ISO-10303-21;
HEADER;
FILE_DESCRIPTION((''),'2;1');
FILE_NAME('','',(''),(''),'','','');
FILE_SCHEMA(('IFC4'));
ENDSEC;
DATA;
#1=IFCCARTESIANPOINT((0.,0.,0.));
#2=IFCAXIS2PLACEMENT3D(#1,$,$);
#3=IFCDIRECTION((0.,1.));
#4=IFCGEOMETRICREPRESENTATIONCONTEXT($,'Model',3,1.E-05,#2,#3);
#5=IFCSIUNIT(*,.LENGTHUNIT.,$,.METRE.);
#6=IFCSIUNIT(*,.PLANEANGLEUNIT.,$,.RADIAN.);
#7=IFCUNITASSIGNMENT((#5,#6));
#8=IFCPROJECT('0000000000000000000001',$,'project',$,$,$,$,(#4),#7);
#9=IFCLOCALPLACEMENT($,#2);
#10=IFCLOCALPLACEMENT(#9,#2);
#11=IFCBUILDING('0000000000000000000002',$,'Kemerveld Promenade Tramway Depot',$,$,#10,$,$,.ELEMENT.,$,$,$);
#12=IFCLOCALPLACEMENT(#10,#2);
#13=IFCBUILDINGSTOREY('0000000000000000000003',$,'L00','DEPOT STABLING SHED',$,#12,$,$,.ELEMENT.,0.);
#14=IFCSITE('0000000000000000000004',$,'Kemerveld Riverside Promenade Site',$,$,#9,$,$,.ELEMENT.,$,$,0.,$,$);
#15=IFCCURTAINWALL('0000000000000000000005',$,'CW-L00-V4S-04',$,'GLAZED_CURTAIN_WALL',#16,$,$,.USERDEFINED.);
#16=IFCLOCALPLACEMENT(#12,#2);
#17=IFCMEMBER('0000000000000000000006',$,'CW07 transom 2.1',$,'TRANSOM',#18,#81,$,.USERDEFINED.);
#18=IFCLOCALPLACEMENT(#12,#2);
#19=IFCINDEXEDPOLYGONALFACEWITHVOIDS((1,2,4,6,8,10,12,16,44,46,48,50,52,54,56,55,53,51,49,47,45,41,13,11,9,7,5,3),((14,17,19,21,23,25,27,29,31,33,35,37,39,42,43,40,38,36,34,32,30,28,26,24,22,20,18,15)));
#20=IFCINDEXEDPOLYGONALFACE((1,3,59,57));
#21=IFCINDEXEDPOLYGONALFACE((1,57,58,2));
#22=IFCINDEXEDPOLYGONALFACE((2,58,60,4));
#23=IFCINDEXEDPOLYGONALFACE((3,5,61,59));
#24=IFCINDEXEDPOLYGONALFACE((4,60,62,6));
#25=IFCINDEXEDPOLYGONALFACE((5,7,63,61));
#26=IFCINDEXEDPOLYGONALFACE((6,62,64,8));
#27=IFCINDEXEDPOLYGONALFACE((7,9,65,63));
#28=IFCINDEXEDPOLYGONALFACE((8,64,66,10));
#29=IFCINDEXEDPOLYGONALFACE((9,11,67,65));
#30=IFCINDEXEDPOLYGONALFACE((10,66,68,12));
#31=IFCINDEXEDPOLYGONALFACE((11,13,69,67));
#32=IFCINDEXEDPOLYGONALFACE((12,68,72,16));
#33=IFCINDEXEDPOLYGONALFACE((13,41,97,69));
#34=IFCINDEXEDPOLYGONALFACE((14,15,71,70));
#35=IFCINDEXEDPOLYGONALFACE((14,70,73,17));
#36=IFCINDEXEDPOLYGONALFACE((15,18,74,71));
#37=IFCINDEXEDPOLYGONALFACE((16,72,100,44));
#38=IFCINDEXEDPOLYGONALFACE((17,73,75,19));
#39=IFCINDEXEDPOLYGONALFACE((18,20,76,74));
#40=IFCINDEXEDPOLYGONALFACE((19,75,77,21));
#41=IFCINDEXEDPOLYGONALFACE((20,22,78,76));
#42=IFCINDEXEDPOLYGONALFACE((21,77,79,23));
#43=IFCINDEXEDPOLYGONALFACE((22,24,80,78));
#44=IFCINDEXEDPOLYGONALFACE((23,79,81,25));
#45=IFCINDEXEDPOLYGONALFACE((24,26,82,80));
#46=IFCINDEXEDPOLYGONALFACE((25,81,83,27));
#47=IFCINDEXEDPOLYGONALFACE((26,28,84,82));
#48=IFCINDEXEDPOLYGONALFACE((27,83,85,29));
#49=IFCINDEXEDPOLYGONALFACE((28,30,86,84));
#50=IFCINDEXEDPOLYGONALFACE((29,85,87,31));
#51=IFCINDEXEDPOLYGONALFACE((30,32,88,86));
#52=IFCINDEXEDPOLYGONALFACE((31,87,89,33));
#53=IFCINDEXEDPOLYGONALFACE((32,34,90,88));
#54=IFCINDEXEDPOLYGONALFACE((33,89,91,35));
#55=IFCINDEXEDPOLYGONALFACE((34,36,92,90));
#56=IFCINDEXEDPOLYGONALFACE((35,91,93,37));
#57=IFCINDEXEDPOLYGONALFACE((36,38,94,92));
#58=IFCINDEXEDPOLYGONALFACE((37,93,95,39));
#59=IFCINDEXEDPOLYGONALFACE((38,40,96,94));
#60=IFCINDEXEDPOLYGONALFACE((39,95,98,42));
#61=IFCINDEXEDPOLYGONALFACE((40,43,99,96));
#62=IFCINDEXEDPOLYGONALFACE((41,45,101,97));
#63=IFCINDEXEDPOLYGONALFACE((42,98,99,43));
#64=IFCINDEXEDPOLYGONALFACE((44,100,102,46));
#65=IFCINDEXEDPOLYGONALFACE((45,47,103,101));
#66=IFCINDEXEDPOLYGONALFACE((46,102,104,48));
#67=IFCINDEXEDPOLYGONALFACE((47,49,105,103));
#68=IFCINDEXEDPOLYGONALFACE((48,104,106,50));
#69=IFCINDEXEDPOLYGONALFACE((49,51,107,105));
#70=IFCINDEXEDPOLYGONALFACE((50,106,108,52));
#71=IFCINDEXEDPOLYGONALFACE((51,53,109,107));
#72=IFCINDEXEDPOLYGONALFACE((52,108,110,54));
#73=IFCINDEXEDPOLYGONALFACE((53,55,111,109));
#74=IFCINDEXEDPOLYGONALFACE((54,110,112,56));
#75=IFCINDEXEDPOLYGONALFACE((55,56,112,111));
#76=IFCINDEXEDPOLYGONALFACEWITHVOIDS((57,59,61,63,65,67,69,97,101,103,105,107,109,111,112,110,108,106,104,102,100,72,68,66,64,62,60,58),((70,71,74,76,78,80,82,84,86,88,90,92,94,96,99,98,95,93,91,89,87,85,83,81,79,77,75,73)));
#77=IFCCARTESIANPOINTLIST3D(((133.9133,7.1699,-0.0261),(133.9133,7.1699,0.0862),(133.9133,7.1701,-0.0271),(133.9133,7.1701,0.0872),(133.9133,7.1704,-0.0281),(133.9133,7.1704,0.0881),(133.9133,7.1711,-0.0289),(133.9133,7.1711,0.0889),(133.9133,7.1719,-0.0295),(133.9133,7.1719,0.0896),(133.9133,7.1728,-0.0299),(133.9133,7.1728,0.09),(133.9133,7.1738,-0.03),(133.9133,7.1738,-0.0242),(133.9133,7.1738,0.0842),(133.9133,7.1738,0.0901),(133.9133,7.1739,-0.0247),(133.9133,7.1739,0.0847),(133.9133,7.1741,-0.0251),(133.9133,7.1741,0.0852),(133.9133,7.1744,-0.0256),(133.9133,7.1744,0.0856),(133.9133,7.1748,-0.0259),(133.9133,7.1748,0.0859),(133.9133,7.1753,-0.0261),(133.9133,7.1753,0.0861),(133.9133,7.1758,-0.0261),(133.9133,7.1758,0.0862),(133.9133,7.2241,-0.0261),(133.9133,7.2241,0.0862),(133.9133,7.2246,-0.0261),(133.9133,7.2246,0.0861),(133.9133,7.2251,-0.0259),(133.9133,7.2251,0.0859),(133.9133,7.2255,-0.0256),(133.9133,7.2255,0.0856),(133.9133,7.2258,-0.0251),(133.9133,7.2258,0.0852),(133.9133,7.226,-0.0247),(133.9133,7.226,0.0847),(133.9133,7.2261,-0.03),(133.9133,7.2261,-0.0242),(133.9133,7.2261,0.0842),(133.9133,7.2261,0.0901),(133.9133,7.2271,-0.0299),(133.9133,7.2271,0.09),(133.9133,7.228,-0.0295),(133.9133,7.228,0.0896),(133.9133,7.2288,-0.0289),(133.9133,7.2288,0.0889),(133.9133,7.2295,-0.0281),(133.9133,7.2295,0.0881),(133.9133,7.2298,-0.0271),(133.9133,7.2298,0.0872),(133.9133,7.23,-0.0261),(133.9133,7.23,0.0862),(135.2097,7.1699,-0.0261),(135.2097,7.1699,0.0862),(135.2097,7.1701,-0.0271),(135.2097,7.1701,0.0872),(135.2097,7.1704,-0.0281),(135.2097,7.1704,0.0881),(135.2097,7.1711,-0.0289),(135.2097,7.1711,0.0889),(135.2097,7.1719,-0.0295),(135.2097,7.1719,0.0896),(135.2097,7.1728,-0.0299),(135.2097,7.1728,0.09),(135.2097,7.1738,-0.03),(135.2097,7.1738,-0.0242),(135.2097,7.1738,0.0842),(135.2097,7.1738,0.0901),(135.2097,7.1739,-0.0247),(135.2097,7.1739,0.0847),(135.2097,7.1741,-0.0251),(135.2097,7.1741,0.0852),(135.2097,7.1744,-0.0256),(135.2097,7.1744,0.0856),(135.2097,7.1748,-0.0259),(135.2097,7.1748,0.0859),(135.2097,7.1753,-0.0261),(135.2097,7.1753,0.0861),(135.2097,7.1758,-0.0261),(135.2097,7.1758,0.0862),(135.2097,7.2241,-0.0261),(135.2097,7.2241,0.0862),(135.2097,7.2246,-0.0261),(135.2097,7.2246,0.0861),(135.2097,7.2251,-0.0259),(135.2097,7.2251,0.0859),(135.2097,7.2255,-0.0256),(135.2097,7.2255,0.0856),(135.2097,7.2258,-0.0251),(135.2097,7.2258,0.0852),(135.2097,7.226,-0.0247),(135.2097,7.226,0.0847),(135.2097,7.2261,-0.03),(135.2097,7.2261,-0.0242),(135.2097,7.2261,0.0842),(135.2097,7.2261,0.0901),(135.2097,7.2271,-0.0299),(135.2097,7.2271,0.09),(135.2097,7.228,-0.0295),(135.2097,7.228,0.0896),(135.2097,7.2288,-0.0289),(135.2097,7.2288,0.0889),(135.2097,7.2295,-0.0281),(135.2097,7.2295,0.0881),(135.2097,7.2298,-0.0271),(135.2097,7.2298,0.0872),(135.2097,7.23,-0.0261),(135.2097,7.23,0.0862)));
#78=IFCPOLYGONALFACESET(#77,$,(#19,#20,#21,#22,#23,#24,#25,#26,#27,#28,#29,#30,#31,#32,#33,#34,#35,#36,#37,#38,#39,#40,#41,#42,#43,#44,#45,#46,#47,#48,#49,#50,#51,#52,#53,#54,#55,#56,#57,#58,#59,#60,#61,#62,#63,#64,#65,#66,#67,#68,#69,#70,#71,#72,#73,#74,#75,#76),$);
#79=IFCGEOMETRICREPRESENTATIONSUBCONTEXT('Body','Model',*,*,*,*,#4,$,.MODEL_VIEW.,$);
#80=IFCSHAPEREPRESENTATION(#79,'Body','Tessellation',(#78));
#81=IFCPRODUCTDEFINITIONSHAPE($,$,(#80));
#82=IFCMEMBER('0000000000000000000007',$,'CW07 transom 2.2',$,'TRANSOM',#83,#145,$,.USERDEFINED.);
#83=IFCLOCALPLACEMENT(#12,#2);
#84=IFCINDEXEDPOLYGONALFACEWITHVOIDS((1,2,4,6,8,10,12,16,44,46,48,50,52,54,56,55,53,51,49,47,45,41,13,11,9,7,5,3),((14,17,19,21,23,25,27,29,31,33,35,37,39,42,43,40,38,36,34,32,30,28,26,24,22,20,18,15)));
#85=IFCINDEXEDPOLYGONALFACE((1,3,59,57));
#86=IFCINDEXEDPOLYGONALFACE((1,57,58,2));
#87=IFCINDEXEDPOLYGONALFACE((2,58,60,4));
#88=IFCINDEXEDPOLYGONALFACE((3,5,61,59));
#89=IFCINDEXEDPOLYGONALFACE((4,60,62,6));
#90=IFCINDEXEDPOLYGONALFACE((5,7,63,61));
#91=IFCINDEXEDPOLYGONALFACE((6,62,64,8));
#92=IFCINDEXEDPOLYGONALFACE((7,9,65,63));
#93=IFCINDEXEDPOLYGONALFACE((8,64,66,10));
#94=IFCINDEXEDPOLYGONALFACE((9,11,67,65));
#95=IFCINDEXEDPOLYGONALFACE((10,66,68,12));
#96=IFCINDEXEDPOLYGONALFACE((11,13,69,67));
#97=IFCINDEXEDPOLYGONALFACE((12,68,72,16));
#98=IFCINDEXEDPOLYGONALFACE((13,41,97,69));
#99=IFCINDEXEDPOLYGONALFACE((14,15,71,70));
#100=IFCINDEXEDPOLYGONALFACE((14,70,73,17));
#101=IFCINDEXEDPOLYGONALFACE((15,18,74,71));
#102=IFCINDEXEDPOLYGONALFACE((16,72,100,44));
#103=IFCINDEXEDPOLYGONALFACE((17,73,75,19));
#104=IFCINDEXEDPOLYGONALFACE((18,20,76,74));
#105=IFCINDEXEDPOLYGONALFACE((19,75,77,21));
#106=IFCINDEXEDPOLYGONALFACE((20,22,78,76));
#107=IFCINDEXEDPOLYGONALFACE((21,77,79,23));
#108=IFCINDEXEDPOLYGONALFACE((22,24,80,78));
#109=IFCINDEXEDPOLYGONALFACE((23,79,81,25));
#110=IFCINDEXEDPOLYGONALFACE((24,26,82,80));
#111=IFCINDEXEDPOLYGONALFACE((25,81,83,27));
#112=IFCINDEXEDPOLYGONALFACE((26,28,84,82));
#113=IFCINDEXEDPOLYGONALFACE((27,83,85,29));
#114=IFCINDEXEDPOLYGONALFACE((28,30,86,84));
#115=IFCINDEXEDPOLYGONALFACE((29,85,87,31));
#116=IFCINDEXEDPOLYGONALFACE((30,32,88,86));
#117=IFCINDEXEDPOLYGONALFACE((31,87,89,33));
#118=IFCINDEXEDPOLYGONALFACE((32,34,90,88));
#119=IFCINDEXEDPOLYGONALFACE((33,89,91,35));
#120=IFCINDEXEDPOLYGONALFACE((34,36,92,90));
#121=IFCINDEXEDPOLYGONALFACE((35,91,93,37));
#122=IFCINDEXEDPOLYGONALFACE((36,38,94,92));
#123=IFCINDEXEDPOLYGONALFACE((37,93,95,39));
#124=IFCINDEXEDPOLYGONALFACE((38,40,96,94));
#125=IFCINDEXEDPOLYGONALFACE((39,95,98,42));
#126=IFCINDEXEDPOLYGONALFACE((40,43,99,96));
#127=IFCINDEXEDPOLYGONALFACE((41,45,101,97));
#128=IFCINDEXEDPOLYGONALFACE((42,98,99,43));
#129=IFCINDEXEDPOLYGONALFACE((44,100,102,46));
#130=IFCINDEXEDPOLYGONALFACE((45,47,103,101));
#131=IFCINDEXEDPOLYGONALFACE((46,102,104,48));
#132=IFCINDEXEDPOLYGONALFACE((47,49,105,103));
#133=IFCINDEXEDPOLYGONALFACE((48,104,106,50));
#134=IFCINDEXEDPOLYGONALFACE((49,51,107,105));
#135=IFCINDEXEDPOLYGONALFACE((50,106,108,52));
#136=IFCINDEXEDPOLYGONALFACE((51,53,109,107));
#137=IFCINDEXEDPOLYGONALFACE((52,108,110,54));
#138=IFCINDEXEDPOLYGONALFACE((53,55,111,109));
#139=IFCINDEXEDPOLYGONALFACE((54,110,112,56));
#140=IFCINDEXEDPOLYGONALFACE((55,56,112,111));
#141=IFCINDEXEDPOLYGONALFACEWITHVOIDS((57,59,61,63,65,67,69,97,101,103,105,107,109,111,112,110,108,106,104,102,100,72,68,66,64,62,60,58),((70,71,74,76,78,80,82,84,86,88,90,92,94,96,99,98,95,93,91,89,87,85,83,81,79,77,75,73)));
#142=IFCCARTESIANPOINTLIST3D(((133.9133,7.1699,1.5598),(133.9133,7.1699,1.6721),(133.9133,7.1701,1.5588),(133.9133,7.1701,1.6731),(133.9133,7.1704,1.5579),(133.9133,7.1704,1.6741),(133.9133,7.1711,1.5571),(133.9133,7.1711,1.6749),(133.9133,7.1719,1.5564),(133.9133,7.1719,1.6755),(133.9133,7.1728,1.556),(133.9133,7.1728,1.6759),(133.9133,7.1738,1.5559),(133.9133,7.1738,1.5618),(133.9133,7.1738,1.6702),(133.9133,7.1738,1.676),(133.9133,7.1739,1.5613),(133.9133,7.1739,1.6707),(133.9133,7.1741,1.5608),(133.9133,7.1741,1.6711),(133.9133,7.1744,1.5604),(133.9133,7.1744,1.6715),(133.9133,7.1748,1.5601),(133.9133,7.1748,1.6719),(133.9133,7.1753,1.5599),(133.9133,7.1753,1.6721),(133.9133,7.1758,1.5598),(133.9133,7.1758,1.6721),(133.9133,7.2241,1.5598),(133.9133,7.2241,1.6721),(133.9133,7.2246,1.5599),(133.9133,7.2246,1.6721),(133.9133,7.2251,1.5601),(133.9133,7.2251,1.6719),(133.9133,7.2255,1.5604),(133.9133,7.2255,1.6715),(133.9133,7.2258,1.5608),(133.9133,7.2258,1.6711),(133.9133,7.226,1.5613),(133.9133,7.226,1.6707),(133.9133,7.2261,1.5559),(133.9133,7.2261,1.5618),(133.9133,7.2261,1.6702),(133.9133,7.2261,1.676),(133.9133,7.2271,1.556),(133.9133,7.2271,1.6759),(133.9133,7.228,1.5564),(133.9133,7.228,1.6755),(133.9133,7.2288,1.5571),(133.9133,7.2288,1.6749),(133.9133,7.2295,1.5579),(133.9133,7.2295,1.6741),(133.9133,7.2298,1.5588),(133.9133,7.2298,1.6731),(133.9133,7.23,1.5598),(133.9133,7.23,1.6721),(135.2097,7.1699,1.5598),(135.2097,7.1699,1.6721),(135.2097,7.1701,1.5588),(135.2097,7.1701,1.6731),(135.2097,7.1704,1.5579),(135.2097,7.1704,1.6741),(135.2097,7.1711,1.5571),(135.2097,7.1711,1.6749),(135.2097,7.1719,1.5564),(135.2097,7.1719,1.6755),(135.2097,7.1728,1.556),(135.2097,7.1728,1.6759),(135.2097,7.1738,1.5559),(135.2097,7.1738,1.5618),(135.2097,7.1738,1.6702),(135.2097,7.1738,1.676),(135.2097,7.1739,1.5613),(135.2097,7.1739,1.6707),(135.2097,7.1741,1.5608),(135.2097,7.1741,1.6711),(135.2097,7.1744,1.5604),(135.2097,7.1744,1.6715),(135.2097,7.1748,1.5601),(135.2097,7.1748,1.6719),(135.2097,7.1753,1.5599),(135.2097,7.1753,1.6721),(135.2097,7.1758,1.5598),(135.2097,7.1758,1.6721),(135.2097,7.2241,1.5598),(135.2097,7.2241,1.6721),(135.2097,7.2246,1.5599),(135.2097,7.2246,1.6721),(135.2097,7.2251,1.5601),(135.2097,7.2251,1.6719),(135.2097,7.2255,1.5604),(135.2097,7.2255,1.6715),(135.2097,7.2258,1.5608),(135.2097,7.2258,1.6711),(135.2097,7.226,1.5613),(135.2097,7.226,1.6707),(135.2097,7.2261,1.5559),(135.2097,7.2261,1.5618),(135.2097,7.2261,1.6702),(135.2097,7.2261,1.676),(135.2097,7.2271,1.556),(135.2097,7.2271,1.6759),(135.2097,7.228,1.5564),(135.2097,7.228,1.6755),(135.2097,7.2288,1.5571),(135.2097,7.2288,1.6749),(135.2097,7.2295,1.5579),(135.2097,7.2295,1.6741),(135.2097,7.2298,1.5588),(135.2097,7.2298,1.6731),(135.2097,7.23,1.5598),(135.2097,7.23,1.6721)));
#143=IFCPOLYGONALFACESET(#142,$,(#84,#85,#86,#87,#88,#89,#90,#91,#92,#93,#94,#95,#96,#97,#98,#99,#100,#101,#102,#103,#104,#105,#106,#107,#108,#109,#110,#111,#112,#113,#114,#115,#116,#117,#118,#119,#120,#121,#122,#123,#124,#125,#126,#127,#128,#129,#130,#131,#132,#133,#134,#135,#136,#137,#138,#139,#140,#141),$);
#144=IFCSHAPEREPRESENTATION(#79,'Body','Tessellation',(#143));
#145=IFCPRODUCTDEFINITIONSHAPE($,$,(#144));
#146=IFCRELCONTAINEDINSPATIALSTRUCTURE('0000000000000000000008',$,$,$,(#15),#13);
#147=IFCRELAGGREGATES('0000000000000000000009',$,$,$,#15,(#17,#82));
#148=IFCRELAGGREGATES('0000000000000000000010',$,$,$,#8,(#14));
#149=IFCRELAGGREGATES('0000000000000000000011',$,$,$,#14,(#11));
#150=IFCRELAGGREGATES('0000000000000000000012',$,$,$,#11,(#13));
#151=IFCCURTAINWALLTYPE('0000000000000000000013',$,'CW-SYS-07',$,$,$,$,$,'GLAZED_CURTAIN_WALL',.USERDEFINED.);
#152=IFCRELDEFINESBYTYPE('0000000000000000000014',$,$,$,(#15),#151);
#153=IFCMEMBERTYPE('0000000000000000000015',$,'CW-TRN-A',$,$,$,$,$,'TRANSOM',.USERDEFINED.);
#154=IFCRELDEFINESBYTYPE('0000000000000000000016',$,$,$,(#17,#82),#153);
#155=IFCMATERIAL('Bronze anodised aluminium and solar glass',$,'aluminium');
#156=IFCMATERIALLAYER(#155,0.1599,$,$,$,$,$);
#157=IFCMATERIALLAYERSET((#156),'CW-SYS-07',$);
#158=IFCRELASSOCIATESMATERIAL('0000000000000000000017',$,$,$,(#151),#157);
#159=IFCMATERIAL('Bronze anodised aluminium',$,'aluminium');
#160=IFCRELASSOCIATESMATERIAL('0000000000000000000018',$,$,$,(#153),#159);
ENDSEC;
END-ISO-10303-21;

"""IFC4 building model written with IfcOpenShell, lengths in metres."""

from ifc_helpers import new_model, si_unit, direction, frame, origin, origin_2d, place, context, subcontext, project, spatial, hollow_rectangle, extrude, material, layer, layer_set, material_profile, profile_set, type_object, element, aggregate, save


model = new_model("IFC4")

# Units and contexts
model_context = context("Model", 3, precision=1e-05, world=origin(), true_north=direction((0.0, 1.0)))
body_context = subcontext(model_context, "Body", "Model", "MODEL_VIEW")
ifc_project = project(units=[si_unit("LENGTHUNIT", "METRE"), si_unit("PLANEANGLEUNIT", "RADIAN")], contexts=[model_context])

# Site, building, storey
site_placement = place(None, origin())
site = spatial("IfcSite", under=ifc_project, at=site_placement, Name="Kemerveld Riverside Promenade Site", CompositionType="ELEMENT", RefElevation=0.0)
building_placement = place(site_placement, origin())
building = spatial("IfcBuilding", under=site, at=building_placement, Name="Kemerveld Promenade Tramway Depot", CompositionType="ELEMENT")
storey_placement = place(building_placement, origin())
storey = spatial("IfcBuildingStorey", under=building, at=storey_placement, Name="L00", Description="DEPOT STABLING SHED", CompositionType="ELEMENT", Elevation=0.0)

# Curtain wall, members
ifc_material_1 = material(Name="Bronze anodised aluminium and solar glass", Category="aluminium")
ifc_layer_1 = layer(ifc_material_1, 0.1599)
ifc_layer_set_1 = layer_set([ifc_layer_1], Name="CW-SYS-07")
curtain_wall_type = type_object("IfcCurtainWallType", Name="CW-SYS-07", ElementType="GLAZED_CURTAIN_WALL", PredefinedType="USERDEFINED", material=ifc_layer_set_1)
curtain_wall_placement = place(storey_placement, origin())
curtain_wall = element("IfcCurtainWall", 1, at=curtain_wall_placement, inside=storey, type_object=curtain_wall_type, Name="CW-L00-V4S-04", ObjectType="GLAZED_CURTAIN_WALL", PredefinedType="USERDEFINED")
ifc_material_2 = material(Name="Bronze anodised aluminium", Category="aluminium")
ifc_material_profile_1 = material_profile(ifc_material_2, hollow_rectangle(XDim=0.0601, YDim=0.1201, WallThickness=0.0039, InnerFilletRadius=0.002, OuterFilletRadius=0.0039, at=origin_2d()), Name="CW-TRN-120x60")
ifc_profile_set_1 = profile_set([ifc_material_profile_1], Name="Bronze anodised aluminium")
member_type_1 = type_object("IfcMemberType", Name="CW-TRN-A", ElementType="TRANSOM", PredefinedType="USERDEFINED", material=ifc_profile_set_1)
member_1_placement = place(storey_placement, frame((135.2097, 7.2, 0.03), z_axis=(-1.0, 0.0, 0.0), x_axis=(0.0, -1.0, 0.0)))
member_1 = element("IfcMember", 2, at=member_1_placement, type_object=member_type_1, Name="CW07 transom 2.1", ObjectType="TRANSOM", PredefinedType="USERDEFINED", context=body_context, shape_type="SweptSolid", body=[
    extrude(hollow_rectangle(XDim=0.0601, YDim=0.1201, WallThickness=0.0039, InnerFilletRadius=0.002, OuterFilletRadius=0.0039, at=origin_2d()), origin(), (0.0, 0.0, 1.0), 1.2964),
])
member_2_placement = place(storey_placement, frame((135.2097, 7.2, 1.616), z_axis=(-1.0, 0.0, 0.0), x_axis=(0.0, -1.0, 0.0)))
member_2 = element("IfcMember", 3, at=member_2_placement, type_object=member_type_1, Name="CW07 transom 2.2", ObjectType="TRANSOM", PredefinedType="USERDEFINED", context=body_context, shape_type="SweptSolid", body=[
    extrude(hollow_rectangle(XDim=0.0601, YDim=0.1201, WallThickness=0.0039, InnerFilletRadius=0.002, OuterFilletRadius=0.0039, at=origin_2d()), origin(), (0.0, 0.0, 1.0), 1.2964),
])
aggregate(curtain_wall, [member_1, member_2])

save(model, "model.ifc")
